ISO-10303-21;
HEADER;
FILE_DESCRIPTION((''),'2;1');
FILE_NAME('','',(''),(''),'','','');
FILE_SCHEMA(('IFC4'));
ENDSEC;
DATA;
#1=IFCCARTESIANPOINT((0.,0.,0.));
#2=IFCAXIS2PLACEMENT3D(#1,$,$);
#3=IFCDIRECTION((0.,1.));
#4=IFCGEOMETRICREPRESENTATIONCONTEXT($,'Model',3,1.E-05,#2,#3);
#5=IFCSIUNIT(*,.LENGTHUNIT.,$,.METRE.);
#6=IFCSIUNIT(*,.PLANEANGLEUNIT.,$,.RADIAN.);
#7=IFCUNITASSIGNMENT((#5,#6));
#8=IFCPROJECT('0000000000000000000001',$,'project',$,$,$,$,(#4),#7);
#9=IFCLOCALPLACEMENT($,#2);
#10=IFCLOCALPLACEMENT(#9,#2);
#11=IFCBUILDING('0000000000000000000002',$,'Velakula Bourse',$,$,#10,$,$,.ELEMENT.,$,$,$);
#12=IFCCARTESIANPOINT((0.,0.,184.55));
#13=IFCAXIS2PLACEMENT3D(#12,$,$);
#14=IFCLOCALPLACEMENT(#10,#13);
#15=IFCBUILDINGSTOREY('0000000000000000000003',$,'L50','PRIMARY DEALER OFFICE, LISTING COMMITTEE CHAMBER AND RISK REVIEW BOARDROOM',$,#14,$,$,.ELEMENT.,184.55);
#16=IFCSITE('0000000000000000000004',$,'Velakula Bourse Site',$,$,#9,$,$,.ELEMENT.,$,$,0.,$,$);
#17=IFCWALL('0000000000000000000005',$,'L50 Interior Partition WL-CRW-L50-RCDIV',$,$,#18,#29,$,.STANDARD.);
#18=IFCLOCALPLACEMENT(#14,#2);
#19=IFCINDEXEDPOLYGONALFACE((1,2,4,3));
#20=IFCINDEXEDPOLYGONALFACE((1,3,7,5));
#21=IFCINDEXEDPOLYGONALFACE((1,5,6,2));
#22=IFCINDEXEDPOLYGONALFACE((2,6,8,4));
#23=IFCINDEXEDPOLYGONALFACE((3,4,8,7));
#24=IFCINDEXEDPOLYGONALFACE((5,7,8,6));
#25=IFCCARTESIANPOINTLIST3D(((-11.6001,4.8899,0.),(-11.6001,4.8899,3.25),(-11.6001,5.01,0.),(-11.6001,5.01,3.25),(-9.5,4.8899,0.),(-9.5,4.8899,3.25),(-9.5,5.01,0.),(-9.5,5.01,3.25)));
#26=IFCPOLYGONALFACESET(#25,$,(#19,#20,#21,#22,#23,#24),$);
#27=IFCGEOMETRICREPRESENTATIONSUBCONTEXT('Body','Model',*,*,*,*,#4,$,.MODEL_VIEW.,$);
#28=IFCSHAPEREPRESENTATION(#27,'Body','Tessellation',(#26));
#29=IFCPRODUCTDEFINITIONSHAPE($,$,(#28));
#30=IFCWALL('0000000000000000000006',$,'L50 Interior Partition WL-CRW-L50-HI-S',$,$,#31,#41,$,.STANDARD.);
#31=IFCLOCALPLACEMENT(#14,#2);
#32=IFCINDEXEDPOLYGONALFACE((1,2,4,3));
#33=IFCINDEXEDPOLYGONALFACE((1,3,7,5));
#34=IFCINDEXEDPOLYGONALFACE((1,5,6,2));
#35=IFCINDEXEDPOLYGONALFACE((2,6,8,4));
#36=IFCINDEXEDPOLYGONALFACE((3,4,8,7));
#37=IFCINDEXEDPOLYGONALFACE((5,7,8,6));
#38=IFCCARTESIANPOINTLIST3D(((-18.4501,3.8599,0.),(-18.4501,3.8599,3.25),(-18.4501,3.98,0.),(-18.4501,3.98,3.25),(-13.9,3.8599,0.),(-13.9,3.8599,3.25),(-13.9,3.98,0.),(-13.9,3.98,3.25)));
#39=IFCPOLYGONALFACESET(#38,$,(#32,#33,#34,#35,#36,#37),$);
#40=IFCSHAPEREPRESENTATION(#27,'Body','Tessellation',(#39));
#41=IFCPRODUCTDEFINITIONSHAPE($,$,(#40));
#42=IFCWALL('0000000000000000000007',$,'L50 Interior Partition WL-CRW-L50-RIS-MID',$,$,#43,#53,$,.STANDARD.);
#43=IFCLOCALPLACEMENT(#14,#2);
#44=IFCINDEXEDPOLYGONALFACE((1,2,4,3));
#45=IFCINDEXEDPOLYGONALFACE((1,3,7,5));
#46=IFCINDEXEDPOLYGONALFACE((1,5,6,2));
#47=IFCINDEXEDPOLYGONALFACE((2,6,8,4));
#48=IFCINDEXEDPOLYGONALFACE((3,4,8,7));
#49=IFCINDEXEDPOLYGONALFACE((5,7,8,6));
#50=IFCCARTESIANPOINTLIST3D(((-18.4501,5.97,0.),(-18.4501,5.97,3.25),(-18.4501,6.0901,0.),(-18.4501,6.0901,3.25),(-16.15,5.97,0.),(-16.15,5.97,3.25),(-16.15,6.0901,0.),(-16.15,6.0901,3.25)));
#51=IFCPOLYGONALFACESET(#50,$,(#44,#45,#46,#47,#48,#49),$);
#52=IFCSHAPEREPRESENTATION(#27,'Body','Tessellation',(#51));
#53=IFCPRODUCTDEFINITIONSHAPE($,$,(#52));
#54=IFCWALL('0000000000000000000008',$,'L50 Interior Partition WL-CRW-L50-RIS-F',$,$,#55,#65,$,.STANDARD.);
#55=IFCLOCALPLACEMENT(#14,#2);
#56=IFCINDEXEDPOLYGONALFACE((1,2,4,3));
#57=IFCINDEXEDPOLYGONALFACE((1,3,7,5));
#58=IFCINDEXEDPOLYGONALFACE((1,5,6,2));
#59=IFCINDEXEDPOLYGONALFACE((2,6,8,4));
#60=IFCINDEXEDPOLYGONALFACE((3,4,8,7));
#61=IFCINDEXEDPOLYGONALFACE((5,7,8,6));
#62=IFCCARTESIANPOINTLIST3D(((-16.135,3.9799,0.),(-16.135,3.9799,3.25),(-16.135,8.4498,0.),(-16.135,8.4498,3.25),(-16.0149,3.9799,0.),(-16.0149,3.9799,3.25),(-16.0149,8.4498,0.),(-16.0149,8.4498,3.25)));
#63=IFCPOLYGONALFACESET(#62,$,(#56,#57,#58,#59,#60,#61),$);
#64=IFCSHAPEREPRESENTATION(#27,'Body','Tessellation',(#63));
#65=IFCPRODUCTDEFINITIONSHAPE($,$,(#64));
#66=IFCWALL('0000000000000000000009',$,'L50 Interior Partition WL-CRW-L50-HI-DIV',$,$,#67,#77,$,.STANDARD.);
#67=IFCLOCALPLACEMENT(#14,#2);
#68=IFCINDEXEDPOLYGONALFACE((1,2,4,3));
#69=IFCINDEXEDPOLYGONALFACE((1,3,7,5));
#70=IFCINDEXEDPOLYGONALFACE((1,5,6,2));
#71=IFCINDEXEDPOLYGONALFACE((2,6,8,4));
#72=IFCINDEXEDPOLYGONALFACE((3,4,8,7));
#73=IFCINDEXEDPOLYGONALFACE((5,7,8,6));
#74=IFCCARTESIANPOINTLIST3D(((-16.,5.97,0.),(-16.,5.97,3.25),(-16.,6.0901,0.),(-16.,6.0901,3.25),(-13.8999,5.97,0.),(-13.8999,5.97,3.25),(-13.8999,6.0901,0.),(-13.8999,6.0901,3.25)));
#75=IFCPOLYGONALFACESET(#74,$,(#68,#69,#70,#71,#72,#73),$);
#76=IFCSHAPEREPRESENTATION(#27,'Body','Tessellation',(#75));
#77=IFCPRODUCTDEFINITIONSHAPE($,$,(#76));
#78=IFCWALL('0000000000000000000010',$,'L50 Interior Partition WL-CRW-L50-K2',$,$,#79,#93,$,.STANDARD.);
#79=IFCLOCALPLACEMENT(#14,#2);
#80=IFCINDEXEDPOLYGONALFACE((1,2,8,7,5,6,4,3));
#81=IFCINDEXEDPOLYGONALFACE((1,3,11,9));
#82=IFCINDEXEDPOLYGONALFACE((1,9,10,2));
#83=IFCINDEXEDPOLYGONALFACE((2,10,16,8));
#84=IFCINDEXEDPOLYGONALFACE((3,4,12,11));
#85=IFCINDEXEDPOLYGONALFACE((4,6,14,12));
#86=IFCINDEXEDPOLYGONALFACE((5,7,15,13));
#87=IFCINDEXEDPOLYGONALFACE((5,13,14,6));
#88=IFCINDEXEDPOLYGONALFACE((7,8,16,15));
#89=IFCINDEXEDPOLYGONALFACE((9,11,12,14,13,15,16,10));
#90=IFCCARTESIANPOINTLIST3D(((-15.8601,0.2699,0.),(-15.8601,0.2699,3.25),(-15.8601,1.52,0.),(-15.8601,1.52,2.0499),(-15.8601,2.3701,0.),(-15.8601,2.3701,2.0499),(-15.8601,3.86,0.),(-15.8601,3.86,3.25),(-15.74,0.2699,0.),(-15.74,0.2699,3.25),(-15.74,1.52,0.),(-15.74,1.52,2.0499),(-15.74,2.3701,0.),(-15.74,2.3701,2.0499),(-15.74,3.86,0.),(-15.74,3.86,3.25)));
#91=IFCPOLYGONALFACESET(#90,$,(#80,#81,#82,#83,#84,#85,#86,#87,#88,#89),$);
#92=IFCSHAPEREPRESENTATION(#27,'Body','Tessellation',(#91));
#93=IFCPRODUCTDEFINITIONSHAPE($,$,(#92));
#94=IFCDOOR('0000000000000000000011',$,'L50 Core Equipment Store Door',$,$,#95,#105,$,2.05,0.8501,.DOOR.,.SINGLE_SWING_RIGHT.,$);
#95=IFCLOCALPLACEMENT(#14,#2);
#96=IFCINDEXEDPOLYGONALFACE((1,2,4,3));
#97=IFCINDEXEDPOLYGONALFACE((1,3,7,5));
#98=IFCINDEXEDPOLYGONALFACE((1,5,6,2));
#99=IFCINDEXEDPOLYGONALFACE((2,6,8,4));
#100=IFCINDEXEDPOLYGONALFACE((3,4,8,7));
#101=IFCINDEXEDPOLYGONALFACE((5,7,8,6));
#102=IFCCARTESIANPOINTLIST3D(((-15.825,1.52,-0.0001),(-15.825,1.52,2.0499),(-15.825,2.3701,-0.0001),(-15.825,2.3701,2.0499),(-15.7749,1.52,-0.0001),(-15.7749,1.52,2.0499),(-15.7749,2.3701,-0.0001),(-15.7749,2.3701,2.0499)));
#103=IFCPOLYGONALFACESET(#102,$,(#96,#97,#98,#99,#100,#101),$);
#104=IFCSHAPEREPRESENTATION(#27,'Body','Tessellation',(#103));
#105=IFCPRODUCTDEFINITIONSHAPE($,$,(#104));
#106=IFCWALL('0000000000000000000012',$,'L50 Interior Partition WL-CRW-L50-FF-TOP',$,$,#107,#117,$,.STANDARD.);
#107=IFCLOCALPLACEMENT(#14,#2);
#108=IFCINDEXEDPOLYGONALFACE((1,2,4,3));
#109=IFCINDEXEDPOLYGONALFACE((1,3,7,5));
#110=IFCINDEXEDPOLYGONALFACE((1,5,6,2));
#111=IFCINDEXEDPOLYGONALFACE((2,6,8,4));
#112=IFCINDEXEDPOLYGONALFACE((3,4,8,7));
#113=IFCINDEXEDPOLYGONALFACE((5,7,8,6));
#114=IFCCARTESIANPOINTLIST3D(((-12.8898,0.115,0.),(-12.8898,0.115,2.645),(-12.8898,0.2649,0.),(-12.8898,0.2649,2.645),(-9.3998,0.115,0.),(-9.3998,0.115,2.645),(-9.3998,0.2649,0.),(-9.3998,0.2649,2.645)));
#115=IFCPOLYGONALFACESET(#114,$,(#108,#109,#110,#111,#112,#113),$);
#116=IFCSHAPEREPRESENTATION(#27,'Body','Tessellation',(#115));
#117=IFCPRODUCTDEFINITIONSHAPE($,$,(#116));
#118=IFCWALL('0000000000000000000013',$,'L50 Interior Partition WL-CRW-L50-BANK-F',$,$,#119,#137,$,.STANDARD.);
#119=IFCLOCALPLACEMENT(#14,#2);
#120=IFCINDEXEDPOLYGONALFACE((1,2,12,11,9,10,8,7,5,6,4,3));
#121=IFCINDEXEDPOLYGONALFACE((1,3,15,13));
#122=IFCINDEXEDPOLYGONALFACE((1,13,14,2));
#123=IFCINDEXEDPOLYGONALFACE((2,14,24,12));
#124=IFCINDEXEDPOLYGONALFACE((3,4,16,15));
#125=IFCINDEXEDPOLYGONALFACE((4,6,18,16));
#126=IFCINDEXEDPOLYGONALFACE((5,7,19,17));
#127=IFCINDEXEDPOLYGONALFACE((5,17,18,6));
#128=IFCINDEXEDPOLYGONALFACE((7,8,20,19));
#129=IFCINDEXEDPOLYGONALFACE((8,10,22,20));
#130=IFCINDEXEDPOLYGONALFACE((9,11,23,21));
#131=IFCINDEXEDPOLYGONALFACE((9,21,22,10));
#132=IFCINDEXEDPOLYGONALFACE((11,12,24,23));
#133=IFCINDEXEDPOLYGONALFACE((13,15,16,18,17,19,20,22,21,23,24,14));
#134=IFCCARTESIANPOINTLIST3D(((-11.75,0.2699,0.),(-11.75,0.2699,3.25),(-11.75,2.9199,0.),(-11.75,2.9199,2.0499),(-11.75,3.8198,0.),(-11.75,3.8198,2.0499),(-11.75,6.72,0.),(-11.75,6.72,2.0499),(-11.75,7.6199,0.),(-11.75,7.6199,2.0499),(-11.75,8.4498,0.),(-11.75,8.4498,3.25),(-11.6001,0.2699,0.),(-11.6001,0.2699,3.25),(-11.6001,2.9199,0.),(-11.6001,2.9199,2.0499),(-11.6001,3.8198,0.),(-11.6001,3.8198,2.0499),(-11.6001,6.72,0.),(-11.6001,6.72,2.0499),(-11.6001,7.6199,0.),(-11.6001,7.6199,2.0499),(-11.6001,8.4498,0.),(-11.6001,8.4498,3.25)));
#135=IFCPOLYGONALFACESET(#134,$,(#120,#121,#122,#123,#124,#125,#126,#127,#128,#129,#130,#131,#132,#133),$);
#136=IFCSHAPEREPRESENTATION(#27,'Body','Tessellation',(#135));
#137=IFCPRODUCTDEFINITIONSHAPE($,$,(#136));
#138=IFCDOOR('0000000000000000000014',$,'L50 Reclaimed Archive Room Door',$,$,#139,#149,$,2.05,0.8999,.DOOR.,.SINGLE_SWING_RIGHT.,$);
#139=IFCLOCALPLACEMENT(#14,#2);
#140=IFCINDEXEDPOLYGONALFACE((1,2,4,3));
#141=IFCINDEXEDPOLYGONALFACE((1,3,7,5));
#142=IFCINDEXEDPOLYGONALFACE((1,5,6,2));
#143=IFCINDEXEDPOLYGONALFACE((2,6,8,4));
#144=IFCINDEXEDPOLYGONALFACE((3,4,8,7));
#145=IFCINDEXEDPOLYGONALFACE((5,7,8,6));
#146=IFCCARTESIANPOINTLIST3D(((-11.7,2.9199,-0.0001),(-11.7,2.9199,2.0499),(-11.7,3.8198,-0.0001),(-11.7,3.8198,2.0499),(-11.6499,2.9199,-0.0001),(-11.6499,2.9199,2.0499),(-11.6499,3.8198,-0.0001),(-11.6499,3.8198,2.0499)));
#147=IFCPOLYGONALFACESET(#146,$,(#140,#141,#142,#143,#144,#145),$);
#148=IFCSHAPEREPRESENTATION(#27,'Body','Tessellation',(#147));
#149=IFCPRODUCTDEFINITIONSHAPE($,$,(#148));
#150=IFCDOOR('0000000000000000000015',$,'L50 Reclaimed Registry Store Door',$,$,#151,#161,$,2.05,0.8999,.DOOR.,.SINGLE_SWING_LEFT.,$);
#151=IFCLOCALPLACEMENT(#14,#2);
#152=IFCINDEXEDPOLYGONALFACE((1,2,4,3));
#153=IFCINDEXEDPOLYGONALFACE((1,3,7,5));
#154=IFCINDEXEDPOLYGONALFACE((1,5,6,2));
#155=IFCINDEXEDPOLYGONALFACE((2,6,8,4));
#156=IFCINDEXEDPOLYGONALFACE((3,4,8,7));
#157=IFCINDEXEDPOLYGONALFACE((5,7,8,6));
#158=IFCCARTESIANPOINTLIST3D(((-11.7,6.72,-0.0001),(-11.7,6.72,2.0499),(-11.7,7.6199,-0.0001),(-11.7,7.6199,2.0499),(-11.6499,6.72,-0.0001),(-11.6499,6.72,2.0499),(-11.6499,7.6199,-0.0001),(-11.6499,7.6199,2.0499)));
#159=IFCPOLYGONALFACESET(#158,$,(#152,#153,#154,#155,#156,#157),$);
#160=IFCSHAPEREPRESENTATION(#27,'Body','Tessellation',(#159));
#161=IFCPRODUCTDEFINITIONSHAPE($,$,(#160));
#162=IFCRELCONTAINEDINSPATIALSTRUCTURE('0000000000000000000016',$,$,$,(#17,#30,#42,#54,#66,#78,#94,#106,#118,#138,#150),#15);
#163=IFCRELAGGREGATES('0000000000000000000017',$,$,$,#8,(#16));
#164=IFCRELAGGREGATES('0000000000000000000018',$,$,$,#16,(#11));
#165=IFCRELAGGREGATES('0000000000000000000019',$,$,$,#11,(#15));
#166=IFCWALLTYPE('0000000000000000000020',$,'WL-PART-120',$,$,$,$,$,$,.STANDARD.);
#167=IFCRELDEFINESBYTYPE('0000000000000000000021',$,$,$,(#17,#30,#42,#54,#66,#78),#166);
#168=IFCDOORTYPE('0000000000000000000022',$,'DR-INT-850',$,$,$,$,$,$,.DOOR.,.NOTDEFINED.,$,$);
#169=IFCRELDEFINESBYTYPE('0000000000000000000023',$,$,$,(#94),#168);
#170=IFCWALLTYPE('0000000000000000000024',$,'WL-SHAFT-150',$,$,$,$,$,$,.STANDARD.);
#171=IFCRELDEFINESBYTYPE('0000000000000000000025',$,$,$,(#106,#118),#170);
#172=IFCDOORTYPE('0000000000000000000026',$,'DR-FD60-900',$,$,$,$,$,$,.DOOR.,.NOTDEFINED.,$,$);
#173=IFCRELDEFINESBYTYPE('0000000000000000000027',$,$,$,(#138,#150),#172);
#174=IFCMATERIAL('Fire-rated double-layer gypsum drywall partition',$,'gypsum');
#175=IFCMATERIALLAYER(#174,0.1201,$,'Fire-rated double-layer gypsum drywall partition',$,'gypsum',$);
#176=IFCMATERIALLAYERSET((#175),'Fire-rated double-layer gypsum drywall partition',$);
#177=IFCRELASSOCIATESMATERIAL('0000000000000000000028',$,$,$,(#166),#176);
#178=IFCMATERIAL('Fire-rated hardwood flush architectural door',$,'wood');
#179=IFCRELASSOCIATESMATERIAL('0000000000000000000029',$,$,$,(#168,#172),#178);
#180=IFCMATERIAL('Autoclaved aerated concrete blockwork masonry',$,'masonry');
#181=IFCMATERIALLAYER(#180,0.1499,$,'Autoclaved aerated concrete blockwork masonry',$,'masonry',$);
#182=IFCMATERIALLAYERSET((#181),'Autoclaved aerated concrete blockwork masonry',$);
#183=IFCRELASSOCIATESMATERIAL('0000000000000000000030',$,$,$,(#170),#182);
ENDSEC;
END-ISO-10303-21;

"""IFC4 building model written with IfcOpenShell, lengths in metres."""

from ifc_helpers import new_model, si_unit, direction, frame, frame_2d, origin, place, context, subcontext, project, spatial, rectangle, extrude, material, layer, layer_set, type_object, element, fill, save


model = new_model("IFC4")

# Units and contexts
model_context = context("Model", 3, precision=1e-05, world=origin(), true_north=direction((0.0, 1.0)))
body_context = subcontext(model_context, "Body", "Model", "MODEL_VIEW")
ifc_project = project(units=[si_unit("LENGTHUNIT", "METRE"), si_unit("PLANEANGLEUNIT", "RADIAN")], contexts=[model_context])

# Site, building, storey
site_placement = place(None, origin())
site = spatial("IfcSite", under=ifc_project, at=site_placement, Name="Velakula Bourse Site", CompositionType="ELEMENT", RefElevation=0.0)
building_placement = place(site_placement, origin())
building = spatial("IfcBuilding", under=site, at=building_placement, Name="Velakula Bourse", CompositionType="ELEMENT")
storey_placement = place(building_placement, frame((0.0, 0.0, 184.55)))
storey = spatial("IfcBuildingStorey", under=building, at=storey_placement, Name="L50", Description="PRIMARY DEALER OFFICE, LISTING COMMITTEE CHAMBER AND RISK REVIEW BOARDROOM", CompositionType="ELEMENT", Elevation=184.55)

# Shared definitions
ifc_material_1 = material(Name="Fire-rated double-layer gypsum drywall partition", Category="gypsum")
ifc_layer_1 = layer(ifc_material_1, 0.1201, Name="Fire-rated double-layer gypsum drywall partition", Category="gypsum")
ifc_layer_set_1 = layer_set([ifc_layer_1], Name="Fire-rated double-layer gypsum drywall partition")
wall_type_1 = type_object("IfcWallType", Name="WL-PART-120", PredefinedType="STANDARD", material=ifc_layer_set_1)
ifc_material_2 = material(Name="Fire-rated hardwood flush architectural door", Category="wood")

# Walls
wall_1_placement = place(storey_placement, frame((-11.6001, 4.95, 0.0), z_axis=(0.0, 0.0, 1.0), x_axis=(1.0, 0.0, 0.0)))
element("IfcWall", 1, at=wall_1_placement, inside=storey, type_object=wall_type_1, Name="L50 Interior Partition WL-CRW-L50-RCDIV", PredefinedType="STANDARD", context=body_context, shape_type="SweptSolid", body=[
    extrude(rectangle(XDim=2.1001, YDim=0.1201, at=frame_2d((1.05, 0.0))), origin(), (0.0, 0.0, 1.0), 3.25),
])
wall_2_placement = place(storey_placement, frame((-18.45, 3.9199, 0.0), z_axis=(0.0, 0.0, 1.0), x_axis=(1.0, 0.0, 0.0)))
element("IfcWall", 2, at=wall_2_placement, inside=storey, type_object=wall_type_1, Name="L50 Interior Partition WL-CRW-L50-HI-S", PredefinedType="STANDARD", context=body_context, shape_type="SweptSolid", body=[
    extrude(rectangle(XDim=4.55, YDim=0.1201, at=frame_2d((2.2749, 0.0))), origin(), (0.0, 0.0, 1.0), 3.25),
])
wall_3_placement = place(storey_placement, frame((-18.45, 6.03, 0.0), z_axis=(0.0, 0.0, 1.0), x_axis=(1.0, 0.0, 0.0)))
element("IfcWall", 3, at=wall_3_placement, inside=storey, type_object=wall_type_1, Name="L50 Interior Partition WL-CRW-L50-RIS-MID", PredefinedType="STANDARD", context=body_context, shape_type="SweptSolid", body=[
    extrude(rectangle(XDim=2.3, YDim=0.1201, at=frame_2d((1.1499, 0.0))), origin(), (0.0, 0.0, 1.0), 3.25),
])
wall_4_placement = place(storey_placement, frame((-16.075, 3.98, 0.0), z_axis=(0.0, 0.0, 1.0), x_axis=(0.0, 1.0, 0.0)))
element("IfcWall", 4, at=wall_4_placement, inside=storey, type_object=wall_type_1, Name="L50 Interior Partition WL-CRW-L50-RIS-F", PredefinedType="STANDARD", context=body_context, shape_type="SweptSolid", body=[
    extrude(rectangle(XDim=4.47, YDim=0.1201, at=frame_2d((2.2349, 0.0))), origin(), (0.0, 0.0, 1.0), 3.25),
])
wall_5_placement = place(storey_placement, frame((-16.0, 6.03, 0.0), z_axis=(0.0, 0.0, 1.0), x_axis=(1.0, 0.0, 0.0)))
element("IfcWall", 5, at=wall_5_placement, inside=storey, type_object=wall_type_1, Name="L50 Interior Partition WL-CRW-L50-HI-DIV", PredefinedType="STANDARD", context=body_context, shape_type="SweptSolid", body=[
    extrude(rectangle(XDim=2.1001, YDim=0.1201, at=frame_2d((1.05, 0.0))), origin(), (0.0, 0.0, 1.0), 3.25),
])

# Wall, opening, door
wall_6_placement = place(storey_placement, frame((-15.8, 0.27, 0.0), z_axis=(0.0, 0.0, 1.0), x_axis=(0.0, 1.0, 0.0)))
wall_6 = element("IfcWall", 6, at=wall_6_placement, inside=storey, type_object=wall_type_1, Name="L50 Interior Partition WL-CRW-L50-K2", PredefinedType="STANDARD", context=body_context, shape_type="SweptSolid", body=[
    extrude(rectangle(XDim=3.5901, YDim=0.1201, at=frame_2d((1.7949, 0.0))), origin(), (0.0, 0.0, 1.0), 3.25),
])
opening_1_placement = place(wall_6_placement, frame((1.25, 0.0, 0.0)))
opening_1 = element("IfcOpeningElement", 7, at=opening_1_placement, cuts=wall_6, PredefinedType="OPENING", context=body_context, shape_type="SweptSolid", body=[
    extrude(rectangle(XDim=0.8501, YDim=2.05, at=frame_2d((0.425, 1.0249))), frame((0.0, 0.0701, 0.0), z_axis=(0.0, -1.0, 0.0), x_axis=(1.0, 0.0, 0.0)), (0.0, 0.0, 1.0), 0.1401),
])
door_type_1 = type_object("IfcDoorType", Name="DR-INT-850", OperationType="NOTDEFINED", PredefinedType="DOOR", material=ifc_material_2)
door_1_placement = place(opening_1_placement, origin())
door_1 = element("IfcDoor", 8, at=door_1_placement, inside=storey, type_object=door_type_1, Name="L50 Core Equipment Store Door", OperationType="SINGLE_SWING_RIGHT", OverallHeight=2.05, OverallWidth=0.8501, PredefinedType="DOOR", context=body_context, shape_type="SweptSolid", body=[
    extrude(rectangle(XDim=0.8501, YDim=2.05, at=frame_2d((0.425, 1.0249))), frame((0.0, 0.0249, 0.0), z_axis=(0.0, -1.0, 0.0), x_axis=(1.0, 0.0, 0.0)), (0.0, 0.0, 1.0), 0.05),
])
fill(opening_1, door_1)

# Wall
ifc_material_3 = material(Name="Autoclaved aerated concrete blockwork masonry", Category="masonry")
ifc_layer_2 = layer(ifc_material_3, 0.1499, Name="Autoclaved aerated concrete blockwork masonry", Category="masonry")
ifc_layer_set_2 = layer_set([ifc_layer_2], Name="Autoclaved aerated concrete blockwork masonry")
wall_type_2 = type_object("IfcWallType", Name="WL-SHAFT-150", PredefinedType="STANDARD", material=ifc_layer_set_2)
wall_7_placement = place(storey_placement, frame((-12.8899, 0.1899, 0.0), z_axis=(0.0, 0.0, 1.0), x_axis=(1.0, 0.0, 0.0)))
element("IfcWall", 9, at=wall_7_placement, inside=storey, type_object=wall_type_2, Name="L50 Interior Partition WL-CRW-L50-FF-TOP", PredefinedType="STANDARD", context=body_context, shape_type="SweptSolid", body=[
    extrude(rectangle(XDim=3.49, YDim=0.1499, at=frame_2d((1.7451, 0.0))), origin(), (0.0, 0.0, 1.0), 2.645),
])

# Wall, openings, doors
wall_8_placement = place(storey_placement, frame((-11.675, 0.27, 0.0), z_axis=(0.0, 0.0, 1.0), x_axis=(0.0, 1.0, 0.0)))
wall_8 = element("IfcWall", 10, at=wall_8_placement, inside=storey, type_object=wall_type_2, Name="L50 Interior Partition WL-CRW-L50-BANK-F", PredefinedType="STANDARD", context=body_context, shape_type="SweptSolid", body=[
    extrude(rectangle(XDim=8.1799, YDim=0.1499, at=frame_2d((4.0898, 0.0))), origin(), (0.0, 0.0, 1.0), 3.25),
])
opening_2_placement = place(wall_8_placement, frame((2.6499, 0.0, 0.0)))
opening_2 = element("IfcOpeningElement", 11, at=opening_2_placement, cuts=wall_8, PredefinedType="OPENING", context=body_context, shape_type="SweptSolid", body=[
    extrude(rectangle(XDim=0.8999, YDim=2.05, at=frame_2d((0.45, 1.0249))), frame((0.0, 0.085, 0.0), z_axis=(0.0, -1.0, 0.0), x_axis=(1.0, 0.0, 0.0)), (0.0, 0.0, 1.0), 0.1699),
])
opening_3_placement = place(wall_8_placement, frame((6.45, 0.0, 0.0)))
opening_3 = element("IfcOpeningElement", 12, at=opening_3_placement, cuts=wall_8, PredefinedType="OPENING", context=body_context, shape_type="SweptSolid", body=[
    extrude(rectangle(XDim=0.8999, YDim=2.05, at=frame_2d((0.45, 1.0249))), frame((0.0, 0.085, 0.0), z_axis=(0.0, -1.0, 0.0), x_axis=(1.0, 0.0, 0.0)), (0.0, 0.0, 1.0), 0.1699),
])
door_type_2 = type_object("IfcDoorType", Name="DR-FD60-900", OperationType="NOTDEFINED", PredefinedType="DOOR", material=ifc_material_2)
door_2_placement = place(opening_2_placement, origin())
door_2 = element("IfcDoor", 13, at=door_2_placement, inside=storey, type_object=door_type_2, Name="L50 Reclaimed Archive Room Door", OperationType="SINGLE_SWING_RIGHT", OverallHeight=2.05, OverallWidth=0.8999, PredefinedType="DOOR", context=body_context, shape_type="SweptSolid", body=[
    extrude(rectangle(XDim=0.8999, YDim=2.05, at=frame_2d((0.45, 1.0249))), frame((0.0, 0.0249, 0.0), z_axis=(0.0, -1.0, 0.0), x_axis=(1.0, 0.0, 0.0)), (0.0, 0.0, 1.0), 0.05),
])
fill(opening_2, door_2)
door_3_placement = place(opening_3_placement, origin())
door_3 = element("IfcDoor", 14, at=door_3_placement, inside=storey, type_object=door_type_2, Name="L50 Reclaimed Registry Store Door", OperationType="SINGLE_SWING_LEFT", OverallHeight=2.05, OverallWidth=0.8999, PredefinedType="DOOR", context=body_context, shape_type="SweptSolid", body=[
    extrude(rectangle(XDim=0.8999, YDim=2.05, at=frame_2d((0.45, 1.0249))), frame((0.0, 0.0249, 0.0), z_axis=(0.0, -1.0, 0.0), x_axis=(1.0, 0.0, 0.0)), (0.0, 0.0, 1.0), 0.05),
])
fill(opening_3, door_3)

save(model, "model.ifc")
